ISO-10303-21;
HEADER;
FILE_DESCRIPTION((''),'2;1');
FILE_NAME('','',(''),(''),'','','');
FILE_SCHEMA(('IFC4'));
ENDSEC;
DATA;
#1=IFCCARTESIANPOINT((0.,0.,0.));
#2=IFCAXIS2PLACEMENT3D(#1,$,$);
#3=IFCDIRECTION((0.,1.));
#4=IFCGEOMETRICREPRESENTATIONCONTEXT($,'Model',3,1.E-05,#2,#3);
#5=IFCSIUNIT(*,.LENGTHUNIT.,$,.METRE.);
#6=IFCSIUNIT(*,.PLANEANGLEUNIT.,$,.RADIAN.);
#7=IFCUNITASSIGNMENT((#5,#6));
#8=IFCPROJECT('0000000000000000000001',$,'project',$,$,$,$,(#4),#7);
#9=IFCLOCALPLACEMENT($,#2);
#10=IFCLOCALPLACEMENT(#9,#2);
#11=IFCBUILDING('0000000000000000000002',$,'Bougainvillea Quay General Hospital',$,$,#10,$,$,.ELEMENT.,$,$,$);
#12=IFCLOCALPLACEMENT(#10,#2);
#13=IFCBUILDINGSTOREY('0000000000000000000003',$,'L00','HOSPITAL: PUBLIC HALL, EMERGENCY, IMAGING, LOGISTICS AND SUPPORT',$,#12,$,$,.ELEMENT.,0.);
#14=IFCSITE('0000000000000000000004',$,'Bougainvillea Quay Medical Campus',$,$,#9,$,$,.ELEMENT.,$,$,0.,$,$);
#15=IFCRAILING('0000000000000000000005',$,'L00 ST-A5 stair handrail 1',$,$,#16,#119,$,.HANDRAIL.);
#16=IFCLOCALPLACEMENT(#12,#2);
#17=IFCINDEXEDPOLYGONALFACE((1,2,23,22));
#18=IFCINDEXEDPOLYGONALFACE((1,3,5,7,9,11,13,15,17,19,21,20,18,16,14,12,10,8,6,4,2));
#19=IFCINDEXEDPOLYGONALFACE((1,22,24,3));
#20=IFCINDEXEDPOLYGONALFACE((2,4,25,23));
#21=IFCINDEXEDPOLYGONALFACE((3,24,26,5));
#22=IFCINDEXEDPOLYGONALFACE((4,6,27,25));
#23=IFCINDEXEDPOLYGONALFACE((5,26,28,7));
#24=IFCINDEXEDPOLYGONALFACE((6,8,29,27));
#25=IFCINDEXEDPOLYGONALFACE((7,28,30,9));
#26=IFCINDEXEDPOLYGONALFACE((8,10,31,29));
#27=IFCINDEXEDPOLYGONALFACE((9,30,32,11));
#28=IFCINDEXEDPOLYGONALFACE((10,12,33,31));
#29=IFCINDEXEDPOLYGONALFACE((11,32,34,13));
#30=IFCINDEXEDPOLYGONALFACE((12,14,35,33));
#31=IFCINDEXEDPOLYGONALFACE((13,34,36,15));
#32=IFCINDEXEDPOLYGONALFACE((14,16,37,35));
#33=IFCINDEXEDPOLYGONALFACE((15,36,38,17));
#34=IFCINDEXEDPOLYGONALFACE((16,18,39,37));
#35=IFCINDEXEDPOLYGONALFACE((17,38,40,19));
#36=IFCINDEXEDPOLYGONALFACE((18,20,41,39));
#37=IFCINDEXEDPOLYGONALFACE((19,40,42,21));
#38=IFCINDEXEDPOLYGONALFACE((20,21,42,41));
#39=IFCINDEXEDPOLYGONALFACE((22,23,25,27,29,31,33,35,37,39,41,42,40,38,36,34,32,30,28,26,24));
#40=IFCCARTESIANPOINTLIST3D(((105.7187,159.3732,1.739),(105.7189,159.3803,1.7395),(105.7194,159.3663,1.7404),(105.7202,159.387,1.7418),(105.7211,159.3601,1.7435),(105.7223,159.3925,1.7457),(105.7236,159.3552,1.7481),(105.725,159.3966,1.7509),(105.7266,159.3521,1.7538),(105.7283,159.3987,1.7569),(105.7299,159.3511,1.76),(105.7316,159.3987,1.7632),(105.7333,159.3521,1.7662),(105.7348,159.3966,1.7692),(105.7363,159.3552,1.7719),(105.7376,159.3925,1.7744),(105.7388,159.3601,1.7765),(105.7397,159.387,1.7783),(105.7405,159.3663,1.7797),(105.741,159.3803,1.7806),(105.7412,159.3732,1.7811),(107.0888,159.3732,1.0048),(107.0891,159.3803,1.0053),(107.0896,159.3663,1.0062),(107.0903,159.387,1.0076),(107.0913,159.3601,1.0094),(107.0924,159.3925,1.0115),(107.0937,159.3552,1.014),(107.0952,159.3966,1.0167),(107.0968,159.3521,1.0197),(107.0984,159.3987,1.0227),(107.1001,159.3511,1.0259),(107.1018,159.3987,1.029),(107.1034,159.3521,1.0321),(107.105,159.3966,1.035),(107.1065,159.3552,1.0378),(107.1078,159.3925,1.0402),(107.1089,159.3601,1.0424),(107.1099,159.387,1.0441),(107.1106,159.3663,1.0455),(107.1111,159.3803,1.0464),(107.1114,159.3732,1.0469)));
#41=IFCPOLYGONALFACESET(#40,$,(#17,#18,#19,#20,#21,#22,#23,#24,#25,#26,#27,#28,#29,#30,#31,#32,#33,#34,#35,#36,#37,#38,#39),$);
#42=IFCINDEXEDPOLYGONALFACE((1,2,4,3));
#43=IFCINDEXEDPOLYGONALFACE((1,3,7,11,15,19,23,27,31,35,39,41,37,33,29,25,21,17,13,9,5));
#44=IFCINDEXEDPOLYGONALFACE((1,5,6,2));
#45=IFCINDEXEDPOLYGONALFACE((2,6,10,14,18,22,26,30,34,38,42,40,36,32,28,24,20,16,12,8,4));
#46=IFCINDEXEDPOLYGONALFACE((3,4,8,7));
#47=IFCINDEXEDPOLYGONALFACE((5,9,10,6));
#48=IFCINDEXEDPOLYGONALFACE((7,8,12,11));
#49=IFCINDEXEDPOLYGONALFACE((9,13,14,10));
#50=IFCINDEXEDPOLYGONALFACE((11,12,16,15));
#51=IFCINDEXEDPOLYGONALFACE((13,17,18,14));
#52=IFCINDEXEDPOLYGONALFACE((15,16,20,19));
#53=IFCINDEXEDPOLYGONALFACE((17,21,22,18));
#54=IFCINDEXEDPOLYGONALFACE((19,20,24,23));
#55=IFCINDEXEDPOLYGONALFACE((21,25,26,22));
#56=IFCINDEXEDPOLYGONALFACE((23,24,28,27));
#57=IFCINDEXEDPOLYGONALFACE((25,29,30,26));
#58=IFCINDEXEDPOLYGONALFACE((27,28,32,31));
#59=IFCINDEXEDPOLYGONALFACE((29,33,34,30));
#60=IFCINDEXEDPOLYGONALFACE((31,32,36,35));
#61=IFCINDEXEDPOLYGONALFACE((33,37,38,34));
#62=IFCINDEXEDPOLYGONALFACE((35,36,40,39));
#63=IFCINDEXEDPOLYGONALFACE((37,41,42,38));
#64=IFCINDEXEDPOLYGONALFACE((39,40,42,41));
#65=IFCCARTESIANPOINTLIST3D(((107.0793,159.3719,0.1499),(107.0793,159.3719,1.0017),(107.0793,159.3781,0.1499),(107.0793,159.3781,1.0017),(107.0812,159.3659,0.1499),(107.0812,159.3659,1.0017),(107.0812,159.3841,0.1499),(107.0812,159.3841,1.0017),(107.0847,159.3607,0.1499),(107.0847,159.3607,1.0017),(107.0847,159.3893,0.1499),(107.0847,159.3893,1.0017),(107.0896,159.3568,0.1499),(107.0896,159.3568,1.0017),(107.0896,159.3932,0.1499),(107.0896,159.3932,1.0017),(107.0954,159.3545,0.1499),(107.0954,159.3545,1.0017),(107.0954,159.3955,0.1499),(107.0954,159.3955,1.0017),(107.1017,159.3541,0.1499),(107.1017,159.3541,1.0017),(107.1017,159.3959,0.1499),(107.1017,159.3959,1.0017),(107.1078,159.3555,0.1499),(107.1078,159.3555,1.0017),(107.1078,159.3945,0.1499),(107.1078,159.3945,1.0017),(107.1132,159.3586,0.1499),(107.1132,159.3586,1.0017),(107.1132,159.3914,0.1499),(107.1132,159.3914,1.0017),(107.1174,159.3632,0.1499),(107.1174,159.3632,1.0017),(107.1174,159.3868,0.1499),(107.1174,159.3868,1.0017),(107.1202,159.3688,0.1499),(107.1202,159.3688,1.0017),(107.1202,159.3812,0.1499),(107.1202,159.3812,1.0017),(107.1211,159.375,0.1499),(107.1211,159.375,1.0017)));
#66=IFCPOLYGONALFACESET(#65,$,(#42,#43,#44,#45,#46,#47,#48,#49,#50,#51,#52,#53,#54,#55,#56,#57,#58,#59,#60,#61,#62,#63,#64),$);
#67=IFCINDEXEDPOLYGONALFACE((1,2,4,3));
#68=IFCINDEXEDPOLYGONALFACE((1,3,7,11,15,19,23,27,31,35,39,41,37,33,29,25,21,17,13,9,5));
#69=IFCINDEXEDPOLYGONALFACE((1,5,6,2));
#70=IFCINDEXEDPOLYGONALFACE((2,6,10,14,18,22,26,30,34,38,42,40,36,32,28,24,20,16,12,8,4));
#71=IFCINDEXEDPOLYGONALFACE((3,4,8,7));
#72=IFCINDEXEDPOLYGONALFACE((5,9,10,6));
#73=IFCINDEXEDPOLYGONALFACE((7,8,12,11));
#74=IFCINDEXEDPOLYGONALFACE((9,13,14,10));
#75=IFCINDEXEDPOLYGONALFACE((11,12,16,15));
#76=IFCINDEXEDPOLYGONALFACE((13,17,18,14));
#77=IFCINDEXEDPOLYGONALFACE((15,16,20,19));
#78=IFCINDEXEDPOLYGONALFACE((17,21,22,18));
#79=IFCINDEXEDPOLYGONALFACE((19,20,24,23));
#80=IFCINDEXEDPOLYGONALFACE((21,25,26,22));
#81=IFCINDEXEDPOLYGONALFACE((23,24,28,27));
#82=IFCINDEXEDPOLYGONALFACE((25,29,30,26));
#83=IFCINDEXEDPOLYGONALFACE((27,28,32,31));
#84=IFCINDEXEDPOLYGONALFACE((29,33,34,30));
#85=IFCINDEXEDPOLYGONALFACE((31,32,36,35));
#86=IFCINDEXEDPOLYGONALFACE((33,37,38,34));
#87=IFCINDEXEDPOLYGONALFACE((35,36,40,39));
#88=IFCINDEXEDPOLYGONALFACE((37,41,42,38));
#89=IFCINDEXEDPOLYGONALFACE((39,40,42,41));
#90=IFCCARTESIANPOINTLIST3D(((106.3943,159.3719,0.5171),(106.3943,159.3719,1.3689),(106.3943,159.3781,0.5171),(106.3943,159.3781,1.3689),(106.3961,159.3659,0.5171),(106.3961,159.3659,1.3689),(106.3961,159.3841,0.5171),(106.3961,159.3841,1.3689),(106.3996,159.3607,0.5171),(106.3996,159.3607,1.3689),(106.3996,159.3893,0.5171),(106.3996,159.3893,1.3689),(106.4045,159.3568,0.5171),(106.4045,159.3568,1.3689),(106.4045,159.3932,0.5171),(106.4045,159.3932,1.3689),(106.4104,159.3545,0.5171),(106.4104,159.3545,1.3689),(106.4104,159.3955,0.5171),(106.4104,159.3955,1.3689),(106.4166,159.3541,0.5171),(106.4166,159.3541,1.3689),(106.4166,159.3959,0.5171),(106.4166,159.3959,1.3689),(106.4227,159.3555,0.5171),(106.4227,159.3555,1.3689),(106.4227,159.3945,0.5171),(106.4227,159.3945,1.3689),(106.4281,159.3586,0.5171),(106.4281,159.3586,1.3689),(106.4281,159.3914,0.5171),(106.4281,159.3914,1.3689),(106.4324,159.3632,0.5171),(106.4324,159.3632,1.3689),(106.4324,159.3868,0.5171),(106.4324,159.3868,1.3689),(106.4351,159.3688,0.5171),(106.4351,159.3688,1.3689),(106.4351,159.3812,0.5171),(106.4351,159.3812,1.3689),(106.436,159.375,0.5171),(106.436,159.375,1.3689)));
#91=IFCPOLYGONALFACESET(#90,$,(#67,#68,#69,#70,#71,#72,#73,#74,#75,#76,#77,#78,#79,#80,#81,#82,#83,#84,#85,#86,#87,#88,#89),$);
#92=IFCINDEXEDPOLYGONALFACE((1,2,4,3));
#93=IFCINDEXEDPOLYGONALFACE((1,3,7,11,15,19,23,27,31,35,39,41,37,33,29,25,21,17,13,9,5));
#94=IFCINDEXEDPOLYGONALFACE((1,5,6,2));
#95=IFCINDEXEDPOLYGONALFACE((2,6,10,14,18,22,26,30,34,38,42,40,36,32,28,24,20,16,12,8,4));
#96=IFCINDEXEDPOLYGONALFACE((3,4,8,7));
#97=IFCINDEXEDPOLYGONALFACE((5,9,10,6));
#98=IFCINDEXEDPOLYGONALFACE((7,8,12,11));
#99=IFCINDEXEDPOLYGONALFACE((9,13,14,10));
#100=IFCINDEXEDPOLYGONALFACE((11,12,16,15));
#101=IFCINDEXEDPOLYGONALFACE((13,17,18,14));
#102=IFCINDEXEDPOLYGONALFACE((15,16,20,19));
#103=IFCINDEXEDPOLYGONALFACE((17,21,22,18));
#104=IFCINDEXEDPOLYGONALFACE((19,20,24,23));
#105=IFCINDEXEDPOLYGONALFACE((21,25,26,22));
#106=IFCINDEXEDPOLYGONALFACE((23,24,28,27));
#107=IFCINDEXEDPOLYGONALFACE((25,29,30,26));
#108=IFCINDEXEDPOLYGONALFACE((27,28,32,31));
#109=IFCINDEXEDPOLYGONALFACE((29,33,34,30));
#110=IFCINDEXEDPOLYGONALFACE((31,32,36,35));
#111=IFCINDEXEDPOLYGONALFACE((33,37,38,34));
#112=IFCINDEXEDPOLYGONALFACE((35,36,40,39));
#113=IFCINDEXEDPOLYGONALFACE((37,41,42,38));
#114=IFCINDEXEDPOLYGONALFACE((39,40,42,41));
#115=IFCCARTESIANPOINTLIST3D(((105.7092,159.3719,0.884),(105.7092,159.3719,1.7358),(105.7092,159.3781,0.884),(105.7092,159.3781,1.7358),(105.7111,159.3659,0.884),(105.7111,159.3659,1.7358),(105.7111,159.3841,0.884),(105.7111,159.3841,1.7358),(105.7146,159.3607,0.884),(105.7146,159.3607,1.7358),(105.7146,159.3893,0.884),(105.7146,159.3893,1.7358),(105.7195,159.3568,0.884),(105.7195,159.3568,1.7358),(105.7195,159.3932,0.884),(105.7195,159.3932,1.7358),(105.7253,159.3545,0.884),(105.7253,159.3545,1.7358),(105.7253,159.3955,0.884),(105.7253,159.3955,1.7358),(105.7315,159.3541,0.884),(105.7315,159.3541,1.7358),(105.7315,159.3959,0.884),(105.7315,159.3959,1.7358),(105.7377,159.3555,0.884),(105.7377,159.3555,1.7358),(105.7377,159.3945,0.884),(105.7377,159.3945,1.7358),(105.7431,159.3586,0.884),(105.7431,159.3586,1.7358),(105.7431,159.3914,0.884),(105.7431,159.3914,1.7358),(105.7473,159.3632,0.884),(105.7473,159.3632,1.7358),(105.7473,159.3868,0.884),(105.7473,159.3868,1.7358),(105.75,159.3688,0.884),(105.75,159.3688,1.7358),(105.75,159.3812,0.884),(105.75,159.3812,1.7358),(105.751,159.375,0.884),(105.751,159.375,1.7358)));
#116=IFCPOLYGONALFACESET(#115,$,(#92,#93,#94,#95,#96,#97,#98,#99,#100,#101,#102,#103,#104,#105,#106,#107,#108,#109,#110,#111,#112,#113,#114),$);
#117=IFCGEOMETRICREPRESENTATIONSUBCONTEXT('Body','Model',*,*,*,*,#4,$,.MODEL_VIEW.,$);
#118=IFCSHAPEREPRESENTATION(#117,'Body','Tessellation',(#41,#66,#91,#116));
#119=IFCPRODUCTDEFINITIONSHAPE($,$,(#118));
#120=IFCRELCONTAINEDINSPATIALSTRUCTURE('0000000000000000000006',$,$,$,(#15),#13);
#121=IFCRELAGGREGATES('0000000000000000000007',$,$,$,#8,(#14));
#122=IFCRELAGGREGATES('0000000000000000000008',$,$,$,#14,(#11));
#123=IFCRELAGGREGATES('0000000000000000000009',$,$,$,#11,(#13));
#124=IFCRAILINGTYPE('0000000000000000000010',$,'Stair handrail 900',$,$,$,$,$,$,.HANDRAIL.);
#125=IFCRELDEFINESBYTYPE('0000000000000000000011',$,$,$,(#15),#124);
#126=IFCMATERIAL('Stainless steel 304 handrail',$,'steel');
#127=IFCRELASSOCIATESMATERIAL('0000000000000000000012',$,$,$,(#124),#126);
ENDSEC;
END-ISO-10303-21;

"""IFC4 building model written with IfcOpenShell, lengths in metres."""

from ifc_helpers import new_model, si_unit, direction, frame, origin, origin_2d, place, context, subcontext, project, spatial, circle, extrude, material, type_object, element, save


model = new_model("IFC4")

# Units and contexts
model_context = context("Model", 3, precision=1e-05, world=origin(), true_north=direction((0.0, 1.0)))
body_context = subcontext(model_context, "Body", "Model", "MODEL_VIEW")
ifc_project = project(units=[si_unit("LENGTHUNIT", "METRE"), si_unit("PLANEANGLEUNIT", "RADIAN")], contexts=[model_context])

# Site, building, storey
site_placement = place(None, origin())
site = spatial("IfcSite", under=ifc_project, at=site_placement, Name="Bougainvillea Quay Medical Campus", CompositionType="ELEMENT", RefElevation=0.0)
building_placement = place(site_placement, origin())
building = spatial("IfcBuilding", under=site, at=building_placement, Name="Bougainvillea Quay General Hospital", CompositionType="ELEMENT")
storey_placement = place(building_placement, origin())
storey = spatial("IfcBuildingStorey", under=building, at=storey_placement, Name="L00", Description="HOSPITAL: PUBLIC HALL, EMERGENCY, IMAGING, LOGISTICS AND SUPPORT", CompositionType="ELEMENT", Elevation=0.0)

# Railing
ifc_material_1 = material(Name="Stainless steel 304 handrail", Category="steel")
railing_type_1 = type_object("IfcRailingType", Name="Stair handrail 900", PredefinedType="HANDRAIL", material=ifc_material_1)
railing_1_placement = place(storey_placement, frame((107.1001, 159.375, 0.1499)))
element("IfcRailing", 1, at=railing_1_placement, inside=storey, type_object=railing_type_1, Name="L00 ST-A5 stair handrail 1", PredefinedType="HANDRAIL", context=body_context, shape_type="SweptSolid", body=[
    extrude(circle(Radius=0.0239, at=origin_2d()), frame((0.0, 0.0, 0.876), z_axis=(-0.881443, 0.0, 0.472291), x_axis=(0.0, -1.0, 0.0)), (0.0, 0.0, 1.0), 1.5544),
    extrude(circle(Radius=0.021, at=origin_2d()), origin(), (0.0, 0.0, 1.0), 0.8518),
    extrude(circle(Radius=0.021, at=origin_2d()), frame((-0.6851, 0.0, 0.3672)), (0.0, 0.0, 1.0), 0.8518),
    extrude(circle(Radius=0.021, at=origin_2d()), frame((-1.3701, 0.0, 0.7341)), (0.0, 0.0, 1.0), 0.8518),
])

save(model, "model.ifc")
